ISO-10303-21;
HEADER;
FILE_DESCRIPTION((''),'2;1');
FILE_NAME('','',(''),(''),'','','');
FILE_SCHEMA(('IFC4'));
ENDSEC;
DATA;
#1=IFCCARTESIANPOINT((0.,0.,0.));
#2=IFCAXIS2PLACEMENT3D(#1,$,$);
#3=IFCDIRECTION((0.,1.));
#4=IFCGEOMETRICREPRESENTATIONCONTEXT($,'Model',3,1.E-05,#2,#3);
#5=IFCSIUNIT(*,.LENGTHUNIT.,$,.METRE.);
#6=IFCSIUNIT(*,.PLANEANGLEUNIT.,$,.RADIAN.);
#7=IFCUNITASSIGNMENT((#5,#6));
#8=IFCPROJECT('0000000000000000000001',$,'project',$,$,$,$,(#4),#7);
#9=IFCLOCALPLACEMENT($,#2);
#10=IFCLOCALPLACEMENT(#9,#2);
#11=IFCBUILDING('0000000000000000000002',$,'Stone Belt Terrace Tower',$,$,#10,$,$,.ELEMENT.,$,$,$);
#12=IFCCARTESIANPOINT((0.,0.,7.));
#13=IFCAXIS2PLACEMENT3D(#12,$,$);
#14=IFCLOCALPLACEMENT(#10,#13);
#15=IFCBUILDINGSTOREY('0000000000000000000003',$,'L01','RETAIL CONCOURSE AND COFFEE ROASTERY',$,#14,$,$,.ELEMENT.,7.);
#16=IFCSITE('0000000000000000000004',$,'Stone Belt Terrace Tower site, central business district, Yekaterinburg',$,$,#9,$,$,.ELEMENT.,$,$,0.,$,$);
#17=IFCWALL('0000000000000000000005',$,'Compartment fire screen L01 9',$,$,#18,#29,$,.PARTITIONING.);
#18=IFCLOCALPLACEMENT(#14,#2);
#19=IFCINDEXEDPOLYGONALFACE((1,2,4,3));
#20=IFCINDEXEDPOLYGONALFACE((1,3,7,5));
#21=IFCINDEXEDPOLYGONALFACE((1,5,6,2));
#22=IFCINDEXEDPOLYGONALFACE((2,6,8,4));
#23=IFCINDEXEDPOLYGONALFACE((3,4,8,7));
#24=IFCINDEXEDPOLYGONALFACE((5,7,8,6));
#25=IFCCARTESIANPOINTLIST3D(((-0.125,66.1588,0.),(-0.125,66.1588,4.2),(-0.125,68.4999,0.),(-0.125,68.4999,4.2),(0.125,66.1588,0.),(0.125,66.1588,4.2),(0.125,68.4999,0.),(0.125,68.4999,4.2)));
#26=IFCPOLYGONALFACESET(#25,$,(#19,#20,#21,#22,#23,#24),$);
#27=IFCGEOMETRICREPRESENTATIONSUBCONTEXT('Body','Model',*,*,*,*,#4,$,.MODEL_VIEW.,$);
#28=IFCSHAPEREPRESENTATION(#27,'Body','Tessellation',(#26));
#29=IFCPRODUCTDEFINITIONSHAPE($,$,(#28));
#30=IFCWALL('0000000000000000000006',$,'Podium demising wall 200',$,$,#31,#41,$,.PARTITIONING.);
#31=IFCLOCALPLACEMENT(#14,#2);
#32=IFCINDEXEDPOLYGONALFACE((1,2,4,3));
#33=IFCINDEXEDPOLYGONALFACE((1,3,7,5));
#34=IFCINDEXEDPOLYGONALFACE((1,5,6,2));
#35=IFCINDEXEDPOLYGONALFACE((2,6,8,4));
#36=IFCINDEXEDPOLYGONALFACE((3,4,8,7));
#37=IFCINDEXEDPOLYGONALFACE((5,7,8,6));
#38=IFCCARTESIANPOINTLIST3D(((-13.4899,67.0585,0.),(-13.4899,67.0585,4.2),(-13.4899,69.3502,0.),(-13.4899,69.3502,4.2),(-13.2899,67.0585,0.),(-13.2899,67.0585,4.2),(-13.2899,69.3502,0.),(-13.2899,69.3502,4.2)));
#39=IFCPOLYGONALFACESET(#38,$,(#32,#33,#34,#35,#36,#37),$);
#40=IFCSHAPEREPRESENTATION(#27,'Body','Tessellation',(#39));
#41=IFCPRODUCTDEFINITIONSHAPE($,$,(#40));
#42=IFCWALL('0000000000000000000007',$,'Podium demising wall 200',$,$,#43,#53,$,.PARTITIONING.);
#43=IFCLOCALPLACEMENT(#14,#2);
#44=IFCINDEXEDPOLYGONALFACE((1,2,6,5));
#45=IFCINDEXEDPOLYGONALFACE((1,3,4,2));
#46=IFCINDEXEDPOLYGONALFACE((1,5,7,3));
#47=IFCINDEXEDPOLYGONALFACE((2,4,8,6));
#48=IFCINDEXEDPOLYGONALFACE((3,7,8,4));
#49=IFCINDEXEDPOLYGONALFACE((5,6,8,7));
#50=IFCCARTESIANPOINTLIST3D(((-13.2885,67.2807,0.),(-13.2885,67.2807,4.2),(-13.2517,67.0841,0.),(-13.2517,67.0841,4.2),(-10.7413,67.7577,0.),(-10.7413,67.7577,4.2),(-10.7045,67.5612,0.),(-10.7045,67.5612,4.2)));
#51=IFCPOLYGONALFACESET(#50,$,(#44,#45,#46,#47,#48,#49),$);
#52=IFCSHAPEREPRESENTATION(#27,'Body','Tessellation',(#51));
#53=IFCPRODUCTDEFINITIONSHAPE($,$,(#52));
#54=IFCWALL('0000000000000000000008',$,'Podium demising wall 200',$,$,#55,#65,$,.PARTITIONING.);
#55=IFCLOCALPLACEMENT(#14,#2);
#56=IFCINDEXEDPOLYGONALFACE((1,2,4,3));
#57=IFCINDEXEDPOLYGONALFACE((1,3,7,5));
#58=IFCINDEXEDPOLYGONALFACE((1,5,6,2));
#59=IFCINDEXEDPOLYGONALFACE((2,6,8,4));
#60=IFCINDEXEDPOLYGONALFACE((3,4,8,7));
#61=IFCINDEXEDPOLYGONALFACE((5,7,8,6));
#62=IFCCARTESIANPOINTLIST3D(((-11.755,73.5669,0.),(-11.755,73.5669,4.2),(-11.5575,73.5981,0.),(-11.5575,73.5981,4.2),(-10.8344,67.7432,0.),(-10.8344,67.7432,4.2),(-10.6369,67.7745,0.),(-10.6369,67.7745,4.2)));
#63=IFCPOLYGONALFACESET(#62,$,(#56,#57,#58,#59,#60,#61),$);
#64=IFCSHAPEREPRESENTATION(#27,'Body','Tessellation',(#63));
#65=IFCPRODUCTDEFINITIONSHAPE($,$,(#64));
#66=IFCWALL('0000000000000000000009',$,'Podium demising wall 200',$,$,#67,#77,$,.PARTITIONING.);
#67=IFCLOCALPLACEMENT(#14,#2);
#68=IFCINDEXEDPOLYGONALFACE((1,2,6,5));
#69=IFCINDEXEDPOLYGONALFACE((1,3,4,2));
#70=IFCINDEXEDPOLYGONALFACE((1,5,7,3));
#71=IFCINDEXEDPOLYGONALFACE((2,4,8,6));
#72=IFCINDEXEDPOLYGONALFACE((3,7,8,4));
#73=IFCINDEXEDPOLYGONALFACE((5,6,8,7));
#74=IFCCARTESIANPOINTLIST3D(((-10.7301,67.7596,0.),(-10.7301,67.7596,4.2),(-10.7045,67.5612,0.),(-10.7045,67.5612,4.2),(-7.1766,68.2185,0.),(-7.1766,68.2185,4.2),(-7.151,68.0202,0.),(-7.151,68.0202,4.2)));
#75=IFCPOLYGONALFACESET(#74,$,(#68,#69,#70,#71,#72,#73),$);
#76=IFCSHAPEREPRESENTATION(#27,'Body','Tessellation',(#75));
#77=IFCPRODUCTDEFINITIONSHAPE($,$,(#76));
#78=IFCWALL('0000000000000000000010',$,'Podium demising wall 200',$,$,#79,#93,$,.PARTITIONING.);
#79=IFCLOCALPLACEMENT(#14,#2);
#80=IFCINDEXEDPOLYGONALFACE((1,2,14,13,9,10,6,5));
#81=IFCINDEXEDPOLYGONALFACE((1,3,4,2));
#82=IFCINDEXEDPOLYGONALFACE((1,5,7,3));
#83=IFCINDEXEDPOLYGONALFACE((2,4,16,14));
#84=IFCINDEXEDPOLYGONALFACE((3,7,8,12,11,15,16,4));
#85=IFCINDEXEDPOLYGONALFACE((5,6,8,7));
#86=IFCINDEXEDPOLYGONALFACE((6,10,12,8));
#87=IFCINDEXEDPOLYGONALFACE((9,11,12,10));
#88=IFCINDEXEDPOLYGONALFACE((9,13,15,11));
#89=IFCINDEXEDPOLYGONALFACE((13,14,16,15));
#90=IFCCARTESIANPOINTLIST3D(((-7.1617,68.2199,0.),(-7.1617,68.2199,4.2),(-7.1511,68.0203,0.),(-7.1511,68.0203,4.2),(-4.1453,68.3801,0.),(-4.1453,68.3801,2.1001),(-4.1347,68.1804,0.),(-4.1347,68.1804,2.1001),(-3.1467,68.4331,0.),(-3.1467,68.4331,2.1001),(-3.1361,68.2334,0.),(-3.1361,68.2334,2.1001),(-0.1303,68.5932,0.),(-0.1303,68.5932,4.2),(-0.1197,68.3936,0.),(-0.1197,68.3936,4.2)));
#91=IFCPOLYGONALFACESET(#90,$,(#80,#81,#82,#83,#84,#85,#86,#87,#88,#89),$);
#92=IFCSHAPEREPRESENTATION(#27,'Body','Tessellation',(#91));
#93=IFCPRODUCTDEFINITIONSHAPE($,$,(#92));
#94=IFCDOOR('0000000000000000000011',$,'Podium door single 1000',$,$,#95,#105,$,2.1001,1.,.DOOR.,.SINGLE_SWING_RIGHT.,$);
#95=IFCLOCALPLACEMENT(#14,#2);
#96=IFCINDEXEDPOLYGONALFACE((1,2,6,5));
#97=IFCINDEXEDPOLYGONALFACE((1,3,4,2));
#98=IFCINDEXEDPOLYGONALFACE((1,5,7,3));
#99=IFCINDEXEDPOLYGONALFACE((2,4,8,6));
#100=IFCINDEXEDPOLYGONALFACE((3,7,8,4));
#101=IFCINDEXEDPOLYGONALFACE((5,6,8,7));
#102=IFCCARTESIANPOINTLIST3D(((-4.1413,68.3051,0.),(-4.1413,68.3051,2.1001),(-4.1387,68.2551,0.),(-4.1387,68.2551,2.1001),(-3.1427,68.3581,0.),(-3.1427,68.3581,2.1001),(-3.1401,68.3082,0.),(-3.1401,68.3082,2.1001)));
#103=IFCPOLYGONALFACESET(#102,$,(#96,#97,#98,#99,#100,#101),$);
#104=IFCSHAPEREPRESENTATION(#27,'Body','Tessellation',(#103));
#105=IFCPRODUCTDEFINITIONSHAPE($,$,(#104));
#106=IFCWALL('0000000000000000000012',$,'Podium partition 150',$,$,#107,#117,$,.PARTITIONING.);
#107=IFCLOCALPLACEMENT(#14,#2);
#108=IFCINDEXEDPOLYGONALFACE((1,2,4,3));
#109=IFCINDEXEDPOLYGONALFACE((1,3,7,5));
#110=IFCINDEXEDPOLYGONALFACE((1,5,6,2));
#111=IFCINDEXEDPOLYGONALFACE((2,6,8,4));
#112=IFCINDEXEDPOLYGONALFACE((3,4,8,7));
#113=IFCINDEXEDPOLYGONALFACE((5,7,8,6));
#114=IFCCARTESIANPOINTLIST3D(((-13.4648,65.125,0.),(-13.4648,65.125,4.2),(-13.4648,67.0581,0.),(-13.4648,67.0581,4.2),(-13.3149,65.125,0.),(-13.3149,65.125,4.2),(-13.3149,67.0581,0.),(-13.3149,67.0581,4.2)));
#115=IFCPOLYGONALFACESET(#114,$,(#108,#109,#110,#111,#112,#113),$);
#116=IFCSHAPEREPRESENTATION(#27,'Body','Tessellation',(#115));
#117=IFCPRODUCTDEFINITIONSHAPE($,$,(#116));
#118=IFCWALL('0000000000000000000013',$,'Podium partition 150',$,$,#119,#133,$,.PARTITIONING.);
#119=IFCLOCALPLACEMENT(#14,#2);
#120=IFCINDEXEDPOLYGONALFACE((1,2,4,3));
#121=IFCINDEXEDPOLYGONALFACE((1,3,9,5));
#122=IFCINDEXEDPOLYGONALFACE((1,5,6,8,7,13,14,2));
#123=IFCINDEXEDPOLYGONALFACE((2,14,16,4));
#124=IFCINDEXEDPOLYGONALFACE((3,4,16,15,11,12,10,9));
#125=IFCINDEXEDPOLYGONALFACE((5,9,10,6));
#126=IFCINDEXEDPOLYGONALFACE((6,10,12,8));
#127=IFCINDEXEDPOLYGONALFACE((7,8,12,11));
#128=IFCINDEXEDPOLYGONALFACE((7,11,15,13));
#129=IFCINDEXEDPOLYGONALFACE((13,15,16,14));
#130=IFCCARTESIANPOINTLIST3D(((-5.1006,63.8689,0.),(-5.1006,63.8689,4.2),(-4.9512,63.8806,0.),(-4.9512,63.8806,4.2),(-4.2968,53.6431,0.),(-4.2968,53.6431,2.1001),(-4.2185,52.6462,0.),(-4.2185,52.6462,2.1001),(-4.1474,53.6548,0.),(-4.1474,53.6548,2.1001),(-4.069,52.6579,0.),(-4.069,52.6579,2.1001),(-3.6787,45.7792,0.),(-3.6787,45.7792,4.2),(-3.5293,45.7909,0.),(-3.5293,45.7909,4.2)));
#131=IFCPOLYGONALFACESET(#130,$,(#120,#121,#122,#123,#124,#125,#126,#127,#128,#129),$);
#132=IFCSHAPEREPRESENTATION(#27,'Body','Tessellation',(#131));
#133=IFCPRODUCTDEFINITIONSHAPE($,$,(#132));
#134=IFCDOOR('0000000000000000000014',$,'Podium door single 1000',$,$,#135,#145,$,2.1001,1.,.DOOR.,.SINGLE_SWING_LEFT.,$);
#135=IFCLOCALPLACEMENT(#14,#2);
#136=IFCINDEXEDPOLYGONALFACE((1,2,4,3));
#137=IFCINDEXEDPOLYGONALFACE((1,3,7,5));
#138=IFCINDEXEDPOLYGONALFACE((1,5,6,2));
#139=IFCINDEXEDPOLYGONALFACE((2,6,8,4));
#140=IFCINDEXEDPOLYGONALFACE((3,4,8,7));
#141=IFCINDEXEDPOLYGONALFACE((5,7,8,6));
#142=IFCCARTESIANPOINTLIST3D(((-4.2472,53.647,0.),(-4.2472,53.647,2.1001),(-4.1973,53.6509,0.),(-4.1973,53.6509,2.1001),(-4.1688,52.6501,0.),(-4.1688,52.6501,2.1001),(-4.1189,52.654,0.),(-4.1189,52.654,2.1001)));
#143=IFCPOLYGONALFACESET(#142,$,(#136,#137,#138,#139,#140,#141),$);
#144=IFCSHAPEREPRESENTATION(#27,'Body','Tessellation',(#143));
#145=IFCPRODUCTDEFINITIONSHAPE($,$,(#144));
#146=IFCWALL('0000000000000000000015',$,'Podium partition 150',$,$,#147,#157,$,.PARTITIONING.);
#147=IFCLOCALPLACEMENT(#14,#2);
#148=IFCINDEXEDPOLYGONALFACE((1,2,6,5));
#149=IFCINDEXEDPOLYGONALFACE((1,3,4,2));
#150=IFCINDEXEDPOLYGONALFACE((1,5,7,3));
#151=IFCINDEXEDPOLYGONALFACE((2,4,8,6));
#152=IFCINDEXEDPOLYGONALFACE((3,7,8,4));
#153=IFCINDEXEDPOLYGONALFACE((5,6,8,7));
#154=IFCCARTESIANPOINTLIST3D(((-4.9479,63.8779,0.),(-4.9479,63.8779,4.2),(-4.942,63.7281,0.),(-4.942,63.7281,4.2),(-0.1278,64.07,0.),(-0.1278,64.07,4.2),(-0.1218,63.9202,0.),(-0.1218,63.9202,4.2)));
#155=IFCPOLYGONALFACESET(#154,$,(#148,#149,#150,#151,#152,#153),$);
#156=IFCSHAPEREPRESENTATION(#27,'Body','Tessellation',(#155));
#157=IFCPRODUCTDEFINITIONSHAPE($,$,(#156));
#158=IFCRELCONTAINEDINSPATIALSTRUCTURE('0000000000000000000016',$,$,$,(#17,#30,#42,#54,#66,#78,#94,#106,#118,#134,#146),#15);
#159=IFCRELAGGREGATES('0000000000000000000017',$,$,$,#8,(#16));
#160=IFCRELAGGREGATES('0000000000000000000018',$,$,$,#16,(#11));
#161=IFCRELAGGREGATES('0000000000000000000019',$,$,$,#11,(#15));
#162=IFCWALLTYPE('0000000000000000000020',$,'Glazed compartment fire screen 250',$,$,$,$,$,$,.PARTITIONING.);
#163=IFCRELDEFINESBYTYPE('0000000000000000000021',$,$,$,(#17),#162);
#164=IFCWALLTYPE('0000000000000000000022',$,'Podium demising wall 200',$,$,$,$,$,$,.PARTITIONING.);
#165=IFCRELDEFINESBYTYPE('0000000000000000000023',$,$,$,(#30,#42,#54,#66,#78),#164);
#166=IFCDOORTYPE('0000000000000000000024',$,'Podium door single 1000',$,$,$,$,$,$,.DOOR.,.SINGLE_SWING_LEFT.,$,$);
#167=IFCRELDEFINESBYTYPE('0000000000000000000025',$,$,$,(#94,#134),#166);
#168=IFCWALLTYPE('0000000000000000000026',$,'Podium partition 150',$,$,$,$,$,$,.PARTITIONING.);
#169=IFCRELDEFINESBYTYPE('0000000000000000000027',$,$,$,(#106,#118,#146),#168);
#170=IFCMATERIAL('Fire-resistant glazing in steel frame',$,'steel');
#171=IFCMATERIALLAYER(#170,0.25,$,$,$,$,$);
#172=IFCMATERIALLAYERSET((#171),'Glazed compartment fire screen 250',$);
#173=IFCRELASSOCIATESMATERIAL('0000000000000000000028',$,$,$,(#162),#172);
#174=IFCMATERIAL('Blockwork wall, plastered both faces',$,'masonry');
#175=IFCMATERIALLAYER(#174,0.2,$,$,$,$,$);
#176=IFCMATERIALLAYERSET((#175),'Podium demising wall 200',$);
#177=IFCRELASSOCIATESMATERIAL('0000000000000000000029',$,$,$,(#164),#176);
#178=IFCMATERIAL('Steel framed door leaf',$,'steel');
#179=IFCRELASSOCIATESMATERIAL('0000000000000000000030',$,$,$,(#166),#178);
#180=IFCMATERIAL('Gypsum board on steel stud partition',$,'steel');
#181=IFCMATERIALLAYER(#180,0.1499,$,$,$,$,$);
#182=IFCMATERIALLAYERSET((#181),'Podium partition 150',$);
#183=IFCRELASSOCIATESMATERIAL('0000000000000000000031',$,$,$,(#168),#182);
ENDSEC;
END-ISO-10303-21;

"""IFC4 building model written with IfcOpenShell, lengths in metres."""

from ifc_helpers import new_model, si_unit, direction, frame, frame_2d, origin, place, context, subcontext, project, spatial, rectangle, extrude, material, layer, layer_set, type_object, element, fill, save


model = new_model("IFC4")

# Units and contexts
model_context = context("Model", 3, precision=1e-05, world=origin(), true_north=direction((0.0, 1.0)))
body_context = subcontext(model_context, "Body", "Model", "MODEL_VIEW")
ifc_project = project(units=[si_unit("LENGTHUNIT", "METRE"), si_unit("PLANEANGLEUNIT", "RADIAN")], contexts=[model_context])

# Site, building, storey
site_placement = place(None, origin())
site = spatial("IfcSite", under=ifc_project, at=site_placement, Name="Stone Belt Terrace Tower site, central business district, Yekaterinburg", CompositionType="ELEMENT", RefElevation=0.0)
building_placement = place(site_placement, origin())
building = spatial("IfcBuilding", under=site, at=building_placement, Name="Stone Belt Terrace Tower", CompositionType="ELEMENT")
storey_placement = place(building_placement, frame((0.0, 0.0, 7.0)))
storey = spatial("IfcBuildingStorey", under=building, at=storey_placement, Name="L01", Description="RETAIL CONCOURSE AND COFFEE ROASTERY", CompositionType="ELEMENT", Elevation=7.0)

# Walls
ifc_material_1 = material(Name="Fire-resistant glazing in steel frame", Category="steel")
ifc_layer_1 = layer(ifc_material_1, 0.25)
ifc_layer_set_1 = layer_set([ifc_layer_1], Name="Glazed compartment fire screen 250")
wall_type_1 = type_object("IfcWallType", Name="Glazed compartment fire screen 250", PredefinedType="PARTITIONING", material=ifc_layer_set_1)
wall_1_placement = place(storey_placement, frame((0.0, 66.1589, 0.0), z_axis=(0.0, 0.0, 1.0), x_axis=(0.0, 1.0, 0.0)))
element("IfcWall", 1, at=wall_1_placement, inside=storey, type_object=wall_type_1, Name="Compartment fire screen L01 9", PredefinedType="PARTITIONING", context=body_context, shape_type="SweptSolid", body=[
    extrude(rectangle(XDim=2.3411, YDim=0.25, at=frame_2d((1.1704, 0.0))), origin(), (0.0, 0.0, 1.0), 4.2),
])
ifc_material_2 = material(Name="Blockwork wall, plastered both faces", Category="masonry")
ifc_layer_2 = layer(ifc_material_2, 0.2)
ifc_layer_set_2 = layer_set([ifc_layer_2], Name="Podium demising wall 200")
wall_type_2 = type_object("IfcWallType", Name="Podium demising wall 200", PredefinedType="PARTITIONING", material=ifc_layer_set_2)
wall_2_placement = place(storey_placement, frame((-13.3899, 67.0583, 0.0), z_axis=(0.0, 0.0, 1.0), x_axis=(0.0, 1.0, 0.0)))
element("IfcWall", 2, at=wall_2_placement, inside=storey, type_object=wall_type_2, Name="Podium demising wall 200", PredefinedType="PARTITIONING", context=body_context, shape_type="SweptSolid", body=[
    extrude(rectangle(XDim=2.2917, YDim=0.2, at=frame_2d((1.146, 0.0))), origin(), (0.0, 0.0, 1.0), 4.2),
])
wall_3_placement = place(storey_placement, frame((-13.2703, 67.1824, 0.0), z_axis=(0.0, 0.0, 1.0), x_axis=(0.982913, 0.184072, 0.0)))
element("IfcWall", 3, at=wall_3_placement, inside=storey, type_object=wall_type_2, Name="Podium demising wall 200", PredefinedType="PARTITIONING", context=body_context, shape_type="SweptSolid", body=[
    extrude(rectangle(XDim=2.5916, YDim=0.2, at=frame_2d((1.2959, 0.0))), origin(), (0.0, 0.0, 1.0), 4.2),
])
wall_4_placement = place(storey_placement, frame((-11.6562, 73.5825, 0.0), z_axis=(0.0, 0.0, 1.0), x_axis=(0.156148, -0.987734, 0.0)))
element("IfcWall", 4, at=wall_4_placement, inside=storey, type_object=wall_type_2, Name="Podium demising wall 200", PredefinedType="PARTITIONING", context=body_context, shape_type="SweptSolid", body=[
    extrude(rectangle(XDim=5.896, YDim=0.2, at=frame_2d((2.948, 0.0))), origin(), (0.0, 0.0, 1.0), 4.2),
])
wall_5_placement = place(storey_placement, frame((-10.7173, 67.6604, 0.0), z_axis=(0.0, 0.0, 1.0), x_axis=(0.991761, 0.128101, 0.0)))
element("IfcWall", 5, at=wall_5_placement, inside=storey, type_object=wall_type_2, Name="Podium demising wall 200", PredefinedType="PARTITIONING", context=body_context, shape_type="SweptSolid", body=[
    extrude(rectangle(XDim=3.583, YDim=0.2, at=frame_2d((1.7915, 0.0))), origin(), (0.0, 0.0, 1.0), 4.2),
])

# Wall, opening, door
wall_6_placement = place(storey_placement, frame((-7.1562, 68.1201, 0.0), z_axis=(0.0, 0.0, 1.0), x_axis=(0.998594, 0.053016, 0.0)))
wall_6 = element("IfcWall", 6, at=wall_6_placement, inside=storey, type_object=wall_type_2, Name="Podium demising wall 200", PredefinedType="PARTITIONING", context=body_context, shape_type="SweptSolid", body=[
    extrude(rectangle(XDim=7.0413, YDim=0.2, at=frame_2d((3.5205, 0.0))), origin(), (0.0, 0.0, 1.0), 4.2),
])
opening_1_placement = place(wall_6_placement, frame((3.0205, 0.0, 0.0)))
opening_1 = element("IfcOpeningElement", 7, at=opening_1_placement, cuts=wall_6, PredefinedType="OPENING", context=body_context, shape_type="SweptSolid", body=[
    extrude(rectangle(XDim=1.0, YDim=2.1001, at=frame_2d((0.5, 1.05))), frame((0.0, 0.1099, 0.0), z_axis=(0.0, -1.0, 0.0), x_axis=(1.0, 0.0, 0.0)), (0.0, 0.0, 1.0), 0.22),
])
ifc_material_3 = material(Name="Steel framed door leaf", Category="steel")
door_type = type_object("IfcDoorType", Name="Podium door single 1000", OperationType="SINGLE_SWING_LEFT", PredefinedType="DOOR", material=ifc_material_3)
door_1_placement = place(opening_1_placement, origin())
door_1 = element("IfcDoor", 8, at=door_1_placement, inside=storey, type_object=door_type, Name="Podium door single 1000", OperationType="SINGLE_SWING_RIGHT", OverallHeight=2.1001, OverallWidth=1.0, PredefinedType="DOOR", context=body_context, shape_type="SweptSolid", body=[
    extrude(rectangle(XDim=1.0, YDim=2.1001, at=frame_2d((0.5, 1.05))), frame((0.0, 0.0249, 0.0), z_axis=(0.0, -1.0, 0.0), x_axis=(1.0, 0.0, 0.0)), (0.0, 0.0, 1.0), 0.05),
])
fill(opening_1, door_1)

# Wall
ifc_material_4 = material(Name="Gypsum board on steel stud partition", Category="steel")
ifc_layer_3 = layer(ifc_material_4, 0.1499)
ifc_layer_set_3 = layer_set([ifc_layer_3], Name="Podium partition 150")
wall_type_3 = type_object("IfcWallType", Name="Podium partition 150", PredefinedType="PARTITIONING", material=ifc_layer_set_3)
wall_7_placement = place(storey_placement, frame((-13.3899, 65.125, 0.0), z_axis=(0.0, 0.0, 1.0), x_axis=(0.0, 1.0, 0.0)))
element("IfcWall", 9, at=wall_7_placement, inside=storey, type_object=wall_type_3, Name="Podium partition 150", PredefinedType="PARTITIONING", context=body_context, shape_type="SweptSolid", body=[
    extrude(rectangle(XDim=1.9331, YDim=0.1499, at=frame_2d((0.9666, 0.0))), origin(), (0.0, 0.0, 1.0), 4.2),
])

# Wall, opening, door
wall_8_placement = place(storey_placement, frame((-5.0259, 63.8748, 0.0), z_axis=(0.0, 0.0, 1.0), x_axis=(0.07836, -0.996925, 0.0)))
wall_8 = element("IfcWall", 10, at=wall_8_placement, inside=storey, type_object=wall_type_3, Name="Podium partition 150", PredefinedType="PARTITIONING", context=body_context, shape_type="SweptSolid", body=[
    extrude(rectangle(XDim=18.1455, YDim=0.1499, at=frame_2d((9.0728, 0.0))), origin(), (0.0, 0.0, 1.0), 4.2),
])
opening_2_placement = place(wall_8_placement, frame((10.2573, 0.0, 0.0)))
opening_2 = element("IfcOpeningElement", 11, at=opening_2_placement, cuts=wall_8, PredefinedType="OPENING", context=body_context, shape_type="SweptSolid", body=[
    extrude(rectangle(XDim=1.0, YDim=2.1001, at=frame_2d((0.5, 1.05))), frame((0.0, 0.085, 0.0), z_axis=(0.0, -1.0, 0.0), x_axis=(1.0, 0.0, 0.0)), (0.0, 0.0, 1.0), 0.1699),
])
door_2_placement = place(opening_2_placement, origin())
door_2 = element("IfcDoor", 12, at=door_2_placement, inside=storey, type_object=door_type, Name="Podium door single 1000", OperationType="SINGLE_SWING_LEFT", OverallHeight=2.1001, OverallWidth=1.0, PredefinedType="DOOR", context=body_context, shape_type="SweptSolid", body=[
    extrude(rectangle(XDim=1.0, YDim=2.1001, at=frame_2d((0.5, 1.05))), frame((0.0, 0.0249, 0.0), z_axis=(0.0, -1.0, 0.0), x_axis=(1.0, 0.0, 0.0)), (0.0, 0.0, 1.0), 0.05),
])
fill(opening_2, door_2)

# Wall
wall_9_placement = place(storey_placement, frame((-4.9451, 63.803, 0.0), z_axis=(0.0, 0.0, 1.0), x_axis=(0.999206, 0.039831, 0.0)))
element("IfcWall", 13, at=wall_9_placement, inside=storey, type_object=wall_type_3, Name="Podium partition 150", PredefinedType="PARTITIONING", context=body_context, shape_type="SweptSolid", body=[
    extrude(rectangle(XDim=4.824, YDim=0.1499, at=frame_2d((2.4121, 0.0))), origin(), (0.0, 0.0, 1.0), 4.2),
])

save(model, "model.ifc")
